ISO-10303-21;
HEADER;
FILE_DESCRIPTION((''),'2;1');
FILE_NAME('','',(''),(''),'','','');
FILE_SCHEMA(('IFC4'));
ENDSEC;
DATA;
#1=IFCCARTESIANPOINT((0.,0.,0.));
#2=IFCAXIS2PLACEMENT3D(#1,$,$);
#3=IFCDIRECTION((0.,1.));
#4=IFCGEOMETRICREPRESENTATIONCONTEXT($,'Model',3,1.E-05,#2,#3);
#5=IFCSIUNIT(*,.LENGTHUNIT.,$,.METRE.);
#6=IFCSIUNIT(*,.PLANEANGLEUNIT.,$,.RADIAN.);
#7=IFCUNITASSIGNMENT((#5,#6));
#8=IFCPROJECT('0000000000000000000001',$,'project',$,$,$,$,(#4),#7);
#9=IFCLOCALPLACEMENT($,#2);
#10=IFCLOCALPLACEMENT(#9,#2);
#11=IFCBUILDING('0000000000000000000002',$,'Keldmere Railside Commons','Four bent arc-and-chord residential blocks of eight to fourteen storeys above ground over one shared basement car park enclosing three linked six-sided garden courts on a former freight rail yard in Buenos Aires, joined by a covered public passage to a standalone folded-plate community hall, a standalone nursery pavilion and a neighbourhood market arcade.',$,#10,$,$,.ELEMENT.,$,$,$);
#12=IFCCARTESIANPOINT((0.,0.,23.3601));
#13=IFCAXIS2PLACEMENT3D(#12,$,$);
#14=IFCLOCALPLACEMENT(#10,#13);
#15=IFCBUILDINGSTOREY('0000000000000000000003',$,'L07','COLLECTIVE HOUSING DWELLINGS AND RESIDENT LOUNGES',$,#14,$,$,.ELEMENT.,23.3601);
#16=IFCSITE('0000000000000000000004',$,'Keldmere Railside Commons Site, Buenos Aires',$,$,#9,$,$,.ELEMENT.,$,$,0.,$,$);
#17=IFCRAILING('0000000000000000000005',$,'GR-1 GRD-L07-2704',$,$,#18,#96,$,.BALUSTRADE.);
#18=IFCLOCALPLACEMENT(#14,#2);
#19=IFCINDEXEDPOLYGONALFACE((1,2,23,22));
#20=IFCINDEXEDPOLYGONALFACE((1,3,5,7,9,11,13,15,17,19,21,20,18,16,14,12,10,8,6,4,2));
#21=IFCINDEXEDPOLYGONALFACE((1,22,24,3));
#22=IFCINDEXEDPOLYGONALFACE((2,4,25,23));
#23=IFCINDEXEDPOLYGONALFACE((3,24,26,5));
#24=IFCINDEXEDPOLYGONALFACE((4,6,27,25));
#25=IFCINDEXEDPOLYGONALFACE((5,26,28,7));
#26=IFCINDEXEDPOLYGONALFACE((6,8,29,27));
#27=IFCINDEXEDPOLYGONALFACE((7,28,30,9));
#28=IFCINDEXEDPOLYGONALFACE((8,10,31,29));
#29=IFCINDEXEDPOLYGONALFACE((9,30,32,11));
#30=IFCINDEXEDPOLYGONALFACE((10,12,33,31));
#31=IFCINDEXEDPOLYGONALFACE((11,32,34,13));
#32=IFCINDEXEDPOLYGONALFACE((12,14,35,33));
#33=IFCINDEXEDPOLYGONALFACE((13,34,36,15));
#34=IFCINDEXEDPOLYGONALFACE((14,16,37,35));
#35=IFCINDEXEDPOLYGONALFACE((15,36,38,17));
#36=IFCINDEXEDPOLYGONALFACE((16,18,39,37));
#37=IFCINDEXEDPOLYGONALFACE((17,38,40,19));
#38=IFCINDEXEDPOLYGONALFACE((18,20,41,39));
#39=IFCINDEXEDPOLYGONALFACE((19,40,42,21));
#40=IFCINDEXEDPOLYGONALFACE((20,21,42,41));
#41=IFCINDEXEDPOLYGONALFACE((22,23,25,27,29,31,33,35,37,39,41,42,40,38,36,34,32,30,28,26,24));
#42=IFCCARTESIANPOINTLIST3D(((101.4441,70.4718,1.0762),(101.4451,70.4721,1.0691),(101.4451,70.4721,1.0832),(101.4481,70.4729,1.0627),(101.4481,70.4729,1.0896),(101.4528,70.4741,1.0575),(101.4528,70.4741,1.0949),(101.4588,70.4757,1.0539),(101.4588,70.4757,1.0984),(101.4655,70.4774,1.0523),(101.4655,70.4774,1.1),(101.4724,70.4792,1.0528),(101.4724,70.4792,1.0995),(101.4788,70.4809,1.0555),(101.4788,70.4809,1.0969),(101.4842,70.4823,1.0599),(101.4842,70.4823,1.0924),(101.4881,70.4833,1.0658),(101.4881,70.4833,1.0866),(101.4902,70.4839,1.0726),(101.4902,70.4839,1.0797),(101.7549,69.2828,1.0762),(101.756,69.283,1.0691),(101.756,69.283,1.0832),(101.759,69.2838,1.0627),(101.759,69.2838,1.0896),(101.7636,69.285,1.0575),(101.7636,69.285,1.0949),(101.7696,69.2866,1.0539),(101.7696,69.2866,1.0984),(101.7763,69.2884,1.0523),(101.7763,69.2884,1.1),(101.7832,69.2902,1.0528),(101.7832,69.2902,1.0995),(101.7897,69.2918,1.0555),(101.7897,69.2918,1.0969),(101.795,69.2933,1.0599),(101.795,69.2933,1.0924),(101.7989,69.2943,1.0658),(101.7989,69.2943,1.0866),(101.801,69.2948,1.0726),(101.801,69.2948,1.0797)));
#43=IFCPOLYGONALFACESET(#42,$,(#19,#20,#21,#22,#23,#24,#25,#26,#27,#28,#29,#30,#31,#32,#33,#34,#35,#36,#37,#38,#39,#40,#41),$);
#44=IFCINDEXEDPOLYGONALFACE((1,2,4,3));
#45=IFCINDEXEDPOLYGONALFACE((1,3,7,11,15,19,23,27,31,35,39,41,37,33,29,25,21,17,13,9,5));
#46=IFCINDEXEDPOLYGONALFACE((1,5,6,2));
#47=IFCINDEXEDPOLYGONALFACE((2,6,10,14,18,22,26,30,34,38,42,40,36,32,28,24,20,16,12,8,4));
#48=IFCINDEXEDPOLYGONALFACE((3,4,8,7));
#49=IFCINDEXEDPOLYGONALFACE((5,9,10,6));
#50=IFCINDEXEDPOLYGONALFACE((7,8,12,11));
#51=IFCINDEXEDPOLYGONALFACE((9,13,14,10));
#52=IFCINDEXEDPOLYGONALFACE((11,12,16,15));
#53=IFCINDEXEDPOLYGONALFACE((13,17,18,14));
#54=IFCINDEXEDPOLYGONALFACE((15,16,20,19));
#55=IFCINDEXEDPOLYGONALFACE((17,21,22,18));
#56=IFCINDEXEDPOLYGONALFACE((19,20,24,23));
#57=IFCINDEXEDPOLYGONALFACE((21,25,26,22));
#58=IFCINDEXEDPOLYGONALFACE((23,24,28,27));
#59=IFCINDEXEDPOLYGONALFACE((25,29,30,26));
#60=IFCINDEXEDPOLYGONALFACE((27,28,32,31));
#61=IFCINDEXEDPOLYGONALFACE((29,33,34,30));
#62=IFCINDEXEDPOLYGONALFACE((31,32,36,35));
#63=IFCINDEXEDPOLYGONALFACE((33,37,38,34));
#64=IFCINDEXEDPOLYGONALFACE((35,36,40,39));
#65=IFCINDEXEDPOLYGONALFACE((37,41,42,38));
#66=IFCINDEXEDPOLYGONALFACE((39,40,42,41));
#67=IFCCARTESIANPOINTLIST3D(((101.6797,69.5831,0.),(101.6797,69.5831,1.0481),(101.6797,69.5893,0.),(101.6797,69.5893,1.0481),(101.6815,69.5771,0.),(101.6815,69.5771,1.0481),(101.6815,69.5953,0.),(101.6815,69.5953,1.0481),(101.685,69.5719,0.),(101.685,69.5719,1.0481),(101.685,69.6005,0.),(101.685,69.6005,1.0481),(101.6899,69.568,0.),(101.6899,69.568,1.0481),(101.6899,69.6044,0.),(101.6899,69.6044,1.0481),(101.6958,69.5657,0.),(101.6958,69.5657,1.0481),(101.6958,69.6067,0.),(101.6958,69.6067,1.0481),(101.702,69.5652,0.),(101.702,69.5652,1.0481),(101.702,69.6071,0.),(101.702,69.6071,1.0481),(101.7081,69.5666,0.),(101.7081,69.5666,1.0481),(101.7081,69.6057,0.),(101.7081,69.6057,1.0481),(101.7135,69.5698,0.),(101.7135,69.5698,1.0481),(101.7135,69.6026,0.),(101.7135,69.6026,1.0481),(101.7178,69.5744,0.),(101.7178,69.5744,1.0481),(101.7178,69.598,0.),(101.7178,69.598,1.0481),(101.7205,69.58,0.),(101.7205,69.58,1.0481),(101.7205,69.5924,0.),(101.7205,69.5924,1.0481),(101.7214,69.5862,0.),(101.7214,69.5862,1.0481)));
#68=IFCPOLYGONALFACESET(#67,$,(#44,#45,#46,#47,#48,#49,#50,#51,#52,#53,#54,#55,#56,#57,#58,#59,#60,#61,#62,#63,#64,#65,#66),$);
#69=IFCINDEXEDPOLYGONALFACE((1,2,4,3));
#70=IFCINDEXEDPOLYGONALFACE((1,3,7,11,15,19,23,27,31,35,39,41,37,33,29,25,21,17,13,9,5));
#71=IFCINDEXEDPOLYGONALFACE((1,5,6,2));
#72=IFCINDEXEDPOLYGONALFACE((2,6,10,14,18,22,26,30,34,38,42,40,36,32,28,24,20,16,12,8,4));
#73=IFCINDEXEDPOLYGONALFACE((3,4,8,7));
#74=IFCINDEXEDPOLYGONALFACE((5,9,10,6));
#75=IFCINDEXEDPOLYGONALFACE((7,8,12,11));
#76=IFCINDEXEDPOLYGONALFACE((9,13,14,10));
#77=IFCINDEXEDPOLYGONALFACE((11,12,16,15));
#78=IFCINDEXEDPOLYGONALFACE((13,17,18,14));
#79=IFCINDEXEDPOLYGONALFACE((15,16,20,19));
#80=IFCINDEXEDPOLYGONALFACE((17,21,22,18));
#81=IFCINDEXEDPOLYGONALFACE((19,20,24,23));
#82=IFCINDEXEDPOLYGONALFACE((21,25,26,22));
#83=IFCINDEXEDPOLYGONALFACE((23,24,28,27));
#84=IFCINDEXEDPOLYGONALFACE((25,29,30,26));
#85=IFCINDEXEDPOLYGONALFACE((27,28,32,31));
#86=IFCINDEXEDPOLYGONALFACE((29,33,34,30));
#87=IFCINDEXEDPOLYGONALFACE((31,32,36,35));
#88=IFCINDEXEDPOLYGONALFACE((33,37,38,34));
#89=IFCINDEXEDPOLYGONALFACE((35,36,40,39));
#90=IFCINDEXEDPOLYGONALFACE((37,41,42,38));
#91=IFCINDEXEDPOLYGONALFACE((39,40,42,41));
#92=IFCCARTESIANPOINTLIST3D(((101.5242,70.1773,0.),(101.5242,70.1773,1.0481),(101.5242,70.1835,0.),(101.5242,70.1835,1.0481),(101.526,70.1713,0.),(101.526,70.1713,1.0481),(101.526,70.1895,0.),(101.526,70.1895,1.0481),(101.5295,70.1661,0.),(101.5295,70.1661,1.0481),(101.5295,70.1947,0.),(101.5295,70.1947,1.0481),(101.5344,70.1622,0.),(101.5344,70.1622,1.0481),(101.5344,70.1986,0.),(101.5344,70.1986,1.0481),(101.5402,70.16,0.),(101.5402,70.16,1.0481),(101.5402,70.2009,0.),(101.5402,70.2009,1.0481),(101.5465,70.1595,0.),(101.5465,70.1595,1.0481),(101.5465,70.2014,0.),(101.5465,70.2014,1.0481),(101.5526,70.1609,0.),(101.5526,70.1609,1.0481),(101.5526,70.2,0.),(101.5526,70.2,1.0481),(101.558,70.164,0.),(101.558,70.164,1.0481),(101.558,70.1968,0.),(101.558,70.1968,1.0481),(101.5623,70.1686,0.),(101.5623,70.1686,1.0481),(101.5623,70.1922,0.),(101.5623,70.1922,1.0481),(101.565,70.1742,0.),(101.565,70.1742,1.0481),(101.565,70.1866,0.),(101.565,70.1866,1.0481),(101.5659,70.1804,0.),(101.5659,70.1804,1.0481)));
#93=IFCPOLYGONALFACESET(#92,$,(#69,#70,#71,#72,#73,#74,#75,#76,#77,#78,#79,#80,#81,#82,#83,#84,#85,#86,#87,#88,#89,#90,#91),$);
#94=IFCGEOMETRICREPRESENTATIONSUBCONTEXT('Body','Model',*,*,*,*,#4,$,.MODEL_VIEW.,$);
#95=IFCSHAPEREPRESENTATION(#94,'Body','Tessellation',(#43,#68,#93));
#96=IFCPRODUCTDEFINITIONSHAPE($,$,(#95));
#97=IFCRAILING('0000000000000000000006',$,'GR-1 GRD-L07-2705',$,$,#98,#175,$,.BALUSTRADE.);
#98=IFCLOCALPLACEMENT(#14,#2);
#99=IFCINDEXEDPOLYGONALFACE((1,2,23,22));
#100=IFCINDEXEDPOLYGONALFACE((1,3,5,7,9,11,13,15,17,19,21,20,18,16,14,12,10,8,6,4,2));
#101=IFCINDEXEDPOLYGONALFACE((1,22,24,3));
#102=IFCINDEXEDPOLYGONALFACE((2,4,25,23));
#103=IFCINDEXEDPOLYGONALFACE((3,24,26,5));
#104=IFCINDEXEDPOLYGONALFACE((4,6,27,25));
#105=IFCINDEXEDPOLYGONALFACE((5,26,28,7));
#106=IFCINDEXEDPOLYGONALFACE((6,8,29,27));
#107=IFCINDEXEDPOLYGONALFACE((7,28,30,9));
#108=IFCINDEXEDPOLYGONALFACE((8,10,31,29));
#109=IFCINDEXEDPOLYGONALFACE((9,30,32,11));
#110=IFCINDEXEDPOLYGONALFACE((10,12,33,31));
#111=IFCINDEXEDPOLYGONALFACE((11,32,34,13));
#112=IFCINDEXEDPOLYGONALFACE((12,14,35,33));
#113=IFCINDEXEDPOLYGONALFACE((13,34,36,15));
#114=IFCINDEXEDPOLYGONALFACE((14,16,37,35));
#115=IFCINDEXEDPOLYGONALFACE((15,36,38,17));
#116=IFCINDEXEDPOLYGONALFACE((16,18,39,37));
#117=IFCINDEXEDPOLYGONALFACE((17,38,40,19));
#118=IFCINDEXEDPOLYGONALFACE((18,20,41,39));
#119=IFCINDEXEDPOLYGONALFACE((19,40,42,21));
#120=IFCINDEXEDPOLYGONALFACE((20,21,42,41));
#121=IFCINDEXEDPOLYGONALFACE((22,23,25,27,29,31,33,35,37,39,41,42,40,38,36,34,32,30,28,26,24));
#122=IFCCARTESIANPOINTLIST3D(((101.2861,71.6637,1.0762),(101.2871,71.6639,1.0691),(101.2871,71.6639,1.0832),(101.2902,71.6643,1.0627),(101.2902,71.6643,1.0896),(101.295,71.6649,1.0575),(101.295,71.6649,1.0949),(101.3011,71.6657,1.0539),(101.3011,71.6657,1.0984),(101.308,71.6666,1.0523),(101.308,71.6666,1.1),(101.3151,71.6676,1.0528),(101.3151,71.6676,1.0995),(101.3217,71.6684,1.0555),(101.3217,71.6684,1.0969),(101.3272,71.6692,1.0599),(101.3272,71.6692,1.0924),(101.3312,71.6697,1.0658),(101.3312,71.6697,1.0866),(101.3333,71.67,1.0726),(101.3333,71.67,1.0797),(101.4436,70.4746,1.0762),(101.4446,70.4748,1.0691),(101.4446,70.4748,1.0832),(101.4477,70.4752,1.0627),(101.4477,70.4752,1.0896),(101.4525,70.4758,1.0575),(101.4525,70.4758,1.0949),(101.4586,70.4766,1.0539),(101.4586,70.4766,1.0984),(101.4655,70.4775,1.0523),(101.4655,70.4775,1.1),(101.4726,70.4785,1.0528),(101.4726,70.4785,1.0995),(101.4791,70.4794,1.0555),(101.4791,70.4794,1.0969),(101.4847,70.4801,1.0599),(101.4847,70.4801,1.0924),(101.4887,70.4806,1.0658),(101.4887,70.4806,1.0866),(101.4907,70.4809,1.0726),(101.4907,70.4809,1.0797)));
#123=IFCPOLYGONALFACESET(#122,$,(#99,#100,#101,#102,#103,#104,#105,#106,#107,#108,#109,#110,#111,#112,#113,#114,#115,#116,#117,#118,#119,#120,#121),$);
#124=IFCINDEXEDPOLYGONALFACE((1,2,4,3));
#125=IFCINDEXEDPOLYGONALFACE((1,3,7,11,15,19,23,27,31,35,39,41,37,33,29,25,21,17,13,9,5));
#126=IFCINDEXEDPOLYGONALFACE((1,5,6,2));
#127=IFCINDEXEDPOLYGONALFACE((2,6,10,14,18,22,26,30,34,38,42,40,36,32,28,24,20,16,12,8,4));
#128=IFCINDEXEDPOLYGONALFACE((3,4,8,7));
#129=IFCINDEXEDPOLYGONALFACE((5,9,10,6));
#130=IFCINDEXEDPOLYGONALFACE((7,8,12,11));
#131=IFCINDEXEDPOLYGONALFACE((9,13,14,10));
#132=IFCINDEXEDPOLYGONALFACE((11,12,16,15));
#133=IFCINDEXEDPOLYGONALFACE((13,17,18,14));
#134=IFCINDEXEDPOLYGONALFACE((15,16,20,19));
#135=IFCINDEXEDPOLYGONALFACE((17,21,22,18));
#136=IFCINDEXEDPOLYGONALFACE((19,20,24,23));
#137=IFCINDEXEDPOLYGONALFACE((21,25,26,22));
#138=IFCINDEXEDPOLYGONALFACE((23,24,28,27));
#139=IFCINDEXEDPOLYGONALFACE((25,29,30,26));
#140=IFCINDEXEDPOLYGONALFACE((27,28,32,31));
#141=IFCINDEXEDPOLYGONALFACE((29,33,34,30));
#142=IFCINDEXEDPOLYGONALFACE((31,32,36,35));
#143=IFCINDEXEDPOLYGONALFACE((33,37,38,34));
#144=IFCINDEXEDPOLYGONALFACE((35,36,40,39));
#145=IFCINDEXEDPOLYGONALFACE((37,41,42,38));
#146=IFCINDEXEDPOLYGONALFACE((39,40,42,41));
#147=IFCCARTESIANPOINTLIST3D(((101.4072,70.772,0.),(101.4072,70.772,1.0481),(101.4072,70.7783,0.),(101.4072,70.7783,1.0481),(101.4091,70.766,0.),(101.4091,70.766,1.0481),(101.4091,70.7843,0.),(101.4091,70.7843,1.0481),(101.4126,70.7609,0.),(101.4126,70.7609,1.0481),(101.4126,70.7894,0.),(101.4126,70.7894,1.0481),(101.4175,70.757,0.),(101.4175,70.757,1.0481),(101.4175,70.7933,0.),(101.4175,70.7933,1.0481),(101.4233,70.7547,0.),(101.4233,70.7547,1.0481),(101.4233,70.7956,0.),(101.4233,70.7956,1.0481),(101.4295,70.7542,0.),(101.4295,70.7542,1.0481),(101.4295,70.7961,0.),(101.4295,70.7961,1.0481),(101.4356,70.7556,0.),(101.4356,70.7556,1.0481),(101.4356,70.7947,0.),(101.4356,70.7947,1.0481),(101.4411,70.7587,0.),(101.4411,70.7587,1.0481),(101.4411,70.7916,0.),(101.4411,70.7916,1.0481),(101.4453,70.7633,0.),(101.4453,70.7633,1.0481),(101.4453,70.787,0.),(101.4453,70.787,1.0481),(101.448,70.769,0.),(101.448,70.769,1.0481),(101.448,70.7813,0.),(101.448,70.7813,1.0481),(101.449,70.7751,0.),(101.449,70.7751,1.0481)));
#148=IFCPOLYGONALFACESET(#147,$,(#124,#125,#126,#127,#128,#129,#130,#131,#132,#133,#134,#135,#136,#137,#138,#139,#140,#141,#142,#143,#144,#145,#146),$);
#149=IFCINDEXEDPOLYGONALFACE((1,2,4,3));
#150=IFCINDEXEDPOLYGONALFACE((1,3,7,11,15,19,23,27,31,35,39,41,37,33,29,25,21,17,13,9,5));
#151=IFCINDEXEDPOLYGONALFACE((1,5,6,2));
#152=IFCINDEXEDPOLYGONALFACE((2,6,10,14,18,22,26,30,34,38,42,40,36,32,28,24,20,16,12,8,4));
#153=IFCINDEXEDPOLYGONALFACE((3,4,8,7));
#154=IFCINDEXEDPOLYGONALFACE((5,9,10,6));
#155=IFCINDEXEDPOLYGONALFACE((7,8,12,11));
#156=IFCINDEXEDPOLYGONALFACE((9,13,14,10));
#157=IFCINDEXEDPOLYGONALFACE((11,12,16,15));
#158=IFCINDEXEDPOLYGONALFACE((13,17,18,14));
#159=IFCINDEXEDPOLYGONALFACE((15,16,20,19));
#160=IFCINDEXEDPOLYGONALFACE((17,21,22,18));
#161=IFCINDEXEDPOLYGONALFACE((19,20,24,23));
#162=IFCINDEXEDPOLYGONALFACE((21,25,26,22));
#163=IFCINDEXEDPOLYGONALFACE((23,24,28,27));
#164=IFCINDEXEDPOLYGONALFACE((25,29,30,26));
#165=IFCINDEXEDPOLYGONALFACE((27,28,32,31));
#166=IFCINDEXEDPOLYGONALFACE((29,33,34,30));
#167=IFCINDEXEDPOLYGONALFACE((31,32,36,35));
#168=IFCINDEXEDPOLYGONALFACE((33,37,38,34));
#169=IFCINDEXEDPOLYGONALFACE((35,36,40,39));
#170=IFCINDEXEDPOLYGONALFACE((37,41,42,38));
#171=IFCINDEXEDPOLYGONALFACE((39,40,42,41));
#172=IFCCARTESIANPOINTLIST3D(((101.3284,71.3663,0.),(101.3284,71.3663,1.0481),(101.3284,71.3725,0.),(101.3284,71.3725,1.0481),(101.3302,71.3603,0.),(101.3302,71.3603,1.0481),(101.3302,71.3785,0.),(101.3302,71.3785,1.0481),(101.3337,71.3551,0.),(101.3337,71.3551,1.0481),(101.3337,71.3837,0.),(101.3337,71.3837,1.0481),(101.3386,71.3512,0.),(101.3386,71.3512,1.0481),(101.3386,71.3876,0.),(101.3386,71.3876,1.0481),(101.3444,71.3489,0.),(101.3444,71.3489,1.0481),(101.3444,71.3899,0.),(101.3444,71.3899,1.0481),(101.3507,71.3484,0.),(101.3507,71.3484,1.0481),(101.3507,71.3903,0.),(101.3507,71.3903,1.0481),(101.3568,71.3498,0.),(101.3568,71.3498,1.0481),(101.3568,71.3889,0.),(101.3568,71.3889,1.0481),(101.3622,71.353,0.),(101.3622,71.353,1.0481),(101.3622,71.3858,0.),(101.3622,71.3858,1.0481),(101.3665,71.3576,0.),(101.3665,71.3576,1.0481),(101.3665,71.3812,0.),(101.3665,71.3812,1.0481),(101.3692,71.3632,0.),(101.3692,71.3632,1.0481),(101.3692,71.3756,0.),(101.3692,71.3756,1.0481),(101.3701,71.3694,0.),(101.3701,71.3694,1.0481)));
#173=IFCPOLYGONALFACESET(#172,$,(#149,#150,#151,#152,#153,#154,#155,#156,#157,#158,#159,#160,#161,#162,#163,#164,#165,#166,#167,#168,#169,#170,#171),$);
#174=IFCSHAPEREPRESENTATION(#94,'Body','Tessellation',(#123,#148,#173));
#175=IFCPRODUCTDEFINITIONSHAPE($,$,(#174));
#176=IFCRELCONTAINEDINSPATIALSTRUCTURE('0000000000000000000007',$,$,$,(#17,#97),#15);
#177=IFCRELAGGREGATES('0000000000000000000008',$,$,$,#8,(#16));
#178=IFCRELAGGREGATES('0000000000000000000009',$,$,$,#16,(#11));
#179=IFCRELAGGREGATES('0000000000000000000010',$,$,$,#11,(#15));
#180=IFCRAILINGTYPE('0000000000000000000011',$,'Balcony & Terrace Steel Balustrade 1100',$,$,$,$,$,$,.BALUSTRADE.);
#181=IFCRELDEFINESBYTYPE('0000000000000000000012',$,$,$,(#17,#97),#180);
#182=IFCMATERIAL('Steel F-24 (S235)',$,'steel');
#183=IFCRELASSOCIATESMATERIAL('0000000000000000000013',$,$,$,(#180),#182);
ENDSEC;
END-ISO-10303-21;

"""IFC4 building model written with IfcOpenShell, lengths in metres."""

from ifc_helpers import new_model, si_unit, direction, frame, origin, origin_2d, place, context, subcontext, project, spatial, circle, extrude, material, type_object, element, save


model = new_model("IFC4")

# Units and contexts
model_context = context("Model", 3, precision=1e-05, world=origin(), true_north=direction((0.0, 1.0)))
body_context = subcontext(model_context, "Body", "Model", "MODEL_VIEW")
ifc_project = project(units=[si_unit("LENGTHUNIT", "METRE"), si_unit("PLANEANGLEUNIT", "RADIAN")], contexts=[model_context])

# Site, building, storey
site_placement = place(None, origin())
site = spatial("IfcSite", under=ifc_project, at=site_placement, Name="Keldmere Railside Commons Site, Buenos Aires", CompositionType="ELEMENT", RefElevation=0.0)
building_placement = place(site_placement, origin())
building = spatial("IfcBuilding", under=site, at=building_placement, Name="Keldmere Railside Commons", Description="Four bent arc-and-chord residential blocks of eight to fourteen storeys above ground over one shared basement car park enclosing three linked six-sided garden courts on a former freight rail yard in Buenos Aires, joined by a covered public passage to a standalone folded-plate community hall, a standalone nursery pavilion and a neighbourhood market arcade.", CompositionType="ELEMENT")
storey_placement = place(building_placement, frame((0.0, 0.0, 23.3601)))
storey = spatial("IfcBuildingStorey", under=building, at=storey_placement, Name="L07", Description="COLLECTIVE HOUSING DWELLINGS AND RESIDENT LOUNGES", CompositionType="ELEMENT", Elevation=23.3601)

# Shared definitions
ifc_material_1 = material(Name="Steel F-24 (S235)", Category="steel")

# Railings
railing_type_1 = type_object("IfcRailingType", Name="Balcony & Terrace Steel Balustrade 1100", PredefinedType="BALUSTRADE", material=ifc_material_1)
railing_1_placement = place(storey_placement, frame((101.7781, 69.2888, 0.0)))
element("IfcRailing", 1, at=railing_1_placement, inside=storey, type_object=railing_type_1, Name="GR-1 GRD-L07-2704", PredefinedType="BALUSTRADE", context=body_context, shape_type="SweptSolid", body=[
    extrude(circle(Radius=0.0239, at=origin_2d()), frame((0.0, 0.0, 1.0762), z_axis=(-0.252899, 0.967493, 0.0), x_axis=(-0.967493, -0.252899, 0.0)), (0.0, 0.0, 1.0), 1.229),
    extrude(circle(Radius=0.021, at=origin_2d()), frame((-0.0776, 0.2974, 0.0)), (0.0, 0.0, 1.0), 1.0481),
    extrude(circle(Radius=0.021, at=origin_2d()), frame((-0.2332, 0.8916, 0.0)), (0.0, 0.0, 1.0), 1.0481),
])
railing_2_placement = place(storey_placement, frame((101.4673, 70.4778, 0.0)))
element("IfcRailing", 2, at=railing_2_placement, inside=storey, type_object=railing_type_1, Name="GR-1 GRD-L07-2705", PredefinedType="BALUSTRADE", context=body_context, shape_type="SweptSolid", body=[
    extrude(circle(Radius=0.0239, at=origin_2d()), frame((0.0, 0.0, 1.0762), z_axis=(-0.131297, 0.991343, 0.0), x_axis=(-0.991343, -0.131297, 0.0)), (0.0, 0.0, 1.0), 1.1995),
    extrude(circle(Radius=0.021, at=origin_2d()), frame((-0.0393, 0.2974, 0.0)), (0.0, 0.0, 1.0), 1.0481),
    extrude(circle(Radius=0.021, at=origin_2d()), frame((-0.1182, 0.8916, 0.0)), (0.0, 0.0, 1.0), 1.0481),
])

save(model, "model.ifc")
